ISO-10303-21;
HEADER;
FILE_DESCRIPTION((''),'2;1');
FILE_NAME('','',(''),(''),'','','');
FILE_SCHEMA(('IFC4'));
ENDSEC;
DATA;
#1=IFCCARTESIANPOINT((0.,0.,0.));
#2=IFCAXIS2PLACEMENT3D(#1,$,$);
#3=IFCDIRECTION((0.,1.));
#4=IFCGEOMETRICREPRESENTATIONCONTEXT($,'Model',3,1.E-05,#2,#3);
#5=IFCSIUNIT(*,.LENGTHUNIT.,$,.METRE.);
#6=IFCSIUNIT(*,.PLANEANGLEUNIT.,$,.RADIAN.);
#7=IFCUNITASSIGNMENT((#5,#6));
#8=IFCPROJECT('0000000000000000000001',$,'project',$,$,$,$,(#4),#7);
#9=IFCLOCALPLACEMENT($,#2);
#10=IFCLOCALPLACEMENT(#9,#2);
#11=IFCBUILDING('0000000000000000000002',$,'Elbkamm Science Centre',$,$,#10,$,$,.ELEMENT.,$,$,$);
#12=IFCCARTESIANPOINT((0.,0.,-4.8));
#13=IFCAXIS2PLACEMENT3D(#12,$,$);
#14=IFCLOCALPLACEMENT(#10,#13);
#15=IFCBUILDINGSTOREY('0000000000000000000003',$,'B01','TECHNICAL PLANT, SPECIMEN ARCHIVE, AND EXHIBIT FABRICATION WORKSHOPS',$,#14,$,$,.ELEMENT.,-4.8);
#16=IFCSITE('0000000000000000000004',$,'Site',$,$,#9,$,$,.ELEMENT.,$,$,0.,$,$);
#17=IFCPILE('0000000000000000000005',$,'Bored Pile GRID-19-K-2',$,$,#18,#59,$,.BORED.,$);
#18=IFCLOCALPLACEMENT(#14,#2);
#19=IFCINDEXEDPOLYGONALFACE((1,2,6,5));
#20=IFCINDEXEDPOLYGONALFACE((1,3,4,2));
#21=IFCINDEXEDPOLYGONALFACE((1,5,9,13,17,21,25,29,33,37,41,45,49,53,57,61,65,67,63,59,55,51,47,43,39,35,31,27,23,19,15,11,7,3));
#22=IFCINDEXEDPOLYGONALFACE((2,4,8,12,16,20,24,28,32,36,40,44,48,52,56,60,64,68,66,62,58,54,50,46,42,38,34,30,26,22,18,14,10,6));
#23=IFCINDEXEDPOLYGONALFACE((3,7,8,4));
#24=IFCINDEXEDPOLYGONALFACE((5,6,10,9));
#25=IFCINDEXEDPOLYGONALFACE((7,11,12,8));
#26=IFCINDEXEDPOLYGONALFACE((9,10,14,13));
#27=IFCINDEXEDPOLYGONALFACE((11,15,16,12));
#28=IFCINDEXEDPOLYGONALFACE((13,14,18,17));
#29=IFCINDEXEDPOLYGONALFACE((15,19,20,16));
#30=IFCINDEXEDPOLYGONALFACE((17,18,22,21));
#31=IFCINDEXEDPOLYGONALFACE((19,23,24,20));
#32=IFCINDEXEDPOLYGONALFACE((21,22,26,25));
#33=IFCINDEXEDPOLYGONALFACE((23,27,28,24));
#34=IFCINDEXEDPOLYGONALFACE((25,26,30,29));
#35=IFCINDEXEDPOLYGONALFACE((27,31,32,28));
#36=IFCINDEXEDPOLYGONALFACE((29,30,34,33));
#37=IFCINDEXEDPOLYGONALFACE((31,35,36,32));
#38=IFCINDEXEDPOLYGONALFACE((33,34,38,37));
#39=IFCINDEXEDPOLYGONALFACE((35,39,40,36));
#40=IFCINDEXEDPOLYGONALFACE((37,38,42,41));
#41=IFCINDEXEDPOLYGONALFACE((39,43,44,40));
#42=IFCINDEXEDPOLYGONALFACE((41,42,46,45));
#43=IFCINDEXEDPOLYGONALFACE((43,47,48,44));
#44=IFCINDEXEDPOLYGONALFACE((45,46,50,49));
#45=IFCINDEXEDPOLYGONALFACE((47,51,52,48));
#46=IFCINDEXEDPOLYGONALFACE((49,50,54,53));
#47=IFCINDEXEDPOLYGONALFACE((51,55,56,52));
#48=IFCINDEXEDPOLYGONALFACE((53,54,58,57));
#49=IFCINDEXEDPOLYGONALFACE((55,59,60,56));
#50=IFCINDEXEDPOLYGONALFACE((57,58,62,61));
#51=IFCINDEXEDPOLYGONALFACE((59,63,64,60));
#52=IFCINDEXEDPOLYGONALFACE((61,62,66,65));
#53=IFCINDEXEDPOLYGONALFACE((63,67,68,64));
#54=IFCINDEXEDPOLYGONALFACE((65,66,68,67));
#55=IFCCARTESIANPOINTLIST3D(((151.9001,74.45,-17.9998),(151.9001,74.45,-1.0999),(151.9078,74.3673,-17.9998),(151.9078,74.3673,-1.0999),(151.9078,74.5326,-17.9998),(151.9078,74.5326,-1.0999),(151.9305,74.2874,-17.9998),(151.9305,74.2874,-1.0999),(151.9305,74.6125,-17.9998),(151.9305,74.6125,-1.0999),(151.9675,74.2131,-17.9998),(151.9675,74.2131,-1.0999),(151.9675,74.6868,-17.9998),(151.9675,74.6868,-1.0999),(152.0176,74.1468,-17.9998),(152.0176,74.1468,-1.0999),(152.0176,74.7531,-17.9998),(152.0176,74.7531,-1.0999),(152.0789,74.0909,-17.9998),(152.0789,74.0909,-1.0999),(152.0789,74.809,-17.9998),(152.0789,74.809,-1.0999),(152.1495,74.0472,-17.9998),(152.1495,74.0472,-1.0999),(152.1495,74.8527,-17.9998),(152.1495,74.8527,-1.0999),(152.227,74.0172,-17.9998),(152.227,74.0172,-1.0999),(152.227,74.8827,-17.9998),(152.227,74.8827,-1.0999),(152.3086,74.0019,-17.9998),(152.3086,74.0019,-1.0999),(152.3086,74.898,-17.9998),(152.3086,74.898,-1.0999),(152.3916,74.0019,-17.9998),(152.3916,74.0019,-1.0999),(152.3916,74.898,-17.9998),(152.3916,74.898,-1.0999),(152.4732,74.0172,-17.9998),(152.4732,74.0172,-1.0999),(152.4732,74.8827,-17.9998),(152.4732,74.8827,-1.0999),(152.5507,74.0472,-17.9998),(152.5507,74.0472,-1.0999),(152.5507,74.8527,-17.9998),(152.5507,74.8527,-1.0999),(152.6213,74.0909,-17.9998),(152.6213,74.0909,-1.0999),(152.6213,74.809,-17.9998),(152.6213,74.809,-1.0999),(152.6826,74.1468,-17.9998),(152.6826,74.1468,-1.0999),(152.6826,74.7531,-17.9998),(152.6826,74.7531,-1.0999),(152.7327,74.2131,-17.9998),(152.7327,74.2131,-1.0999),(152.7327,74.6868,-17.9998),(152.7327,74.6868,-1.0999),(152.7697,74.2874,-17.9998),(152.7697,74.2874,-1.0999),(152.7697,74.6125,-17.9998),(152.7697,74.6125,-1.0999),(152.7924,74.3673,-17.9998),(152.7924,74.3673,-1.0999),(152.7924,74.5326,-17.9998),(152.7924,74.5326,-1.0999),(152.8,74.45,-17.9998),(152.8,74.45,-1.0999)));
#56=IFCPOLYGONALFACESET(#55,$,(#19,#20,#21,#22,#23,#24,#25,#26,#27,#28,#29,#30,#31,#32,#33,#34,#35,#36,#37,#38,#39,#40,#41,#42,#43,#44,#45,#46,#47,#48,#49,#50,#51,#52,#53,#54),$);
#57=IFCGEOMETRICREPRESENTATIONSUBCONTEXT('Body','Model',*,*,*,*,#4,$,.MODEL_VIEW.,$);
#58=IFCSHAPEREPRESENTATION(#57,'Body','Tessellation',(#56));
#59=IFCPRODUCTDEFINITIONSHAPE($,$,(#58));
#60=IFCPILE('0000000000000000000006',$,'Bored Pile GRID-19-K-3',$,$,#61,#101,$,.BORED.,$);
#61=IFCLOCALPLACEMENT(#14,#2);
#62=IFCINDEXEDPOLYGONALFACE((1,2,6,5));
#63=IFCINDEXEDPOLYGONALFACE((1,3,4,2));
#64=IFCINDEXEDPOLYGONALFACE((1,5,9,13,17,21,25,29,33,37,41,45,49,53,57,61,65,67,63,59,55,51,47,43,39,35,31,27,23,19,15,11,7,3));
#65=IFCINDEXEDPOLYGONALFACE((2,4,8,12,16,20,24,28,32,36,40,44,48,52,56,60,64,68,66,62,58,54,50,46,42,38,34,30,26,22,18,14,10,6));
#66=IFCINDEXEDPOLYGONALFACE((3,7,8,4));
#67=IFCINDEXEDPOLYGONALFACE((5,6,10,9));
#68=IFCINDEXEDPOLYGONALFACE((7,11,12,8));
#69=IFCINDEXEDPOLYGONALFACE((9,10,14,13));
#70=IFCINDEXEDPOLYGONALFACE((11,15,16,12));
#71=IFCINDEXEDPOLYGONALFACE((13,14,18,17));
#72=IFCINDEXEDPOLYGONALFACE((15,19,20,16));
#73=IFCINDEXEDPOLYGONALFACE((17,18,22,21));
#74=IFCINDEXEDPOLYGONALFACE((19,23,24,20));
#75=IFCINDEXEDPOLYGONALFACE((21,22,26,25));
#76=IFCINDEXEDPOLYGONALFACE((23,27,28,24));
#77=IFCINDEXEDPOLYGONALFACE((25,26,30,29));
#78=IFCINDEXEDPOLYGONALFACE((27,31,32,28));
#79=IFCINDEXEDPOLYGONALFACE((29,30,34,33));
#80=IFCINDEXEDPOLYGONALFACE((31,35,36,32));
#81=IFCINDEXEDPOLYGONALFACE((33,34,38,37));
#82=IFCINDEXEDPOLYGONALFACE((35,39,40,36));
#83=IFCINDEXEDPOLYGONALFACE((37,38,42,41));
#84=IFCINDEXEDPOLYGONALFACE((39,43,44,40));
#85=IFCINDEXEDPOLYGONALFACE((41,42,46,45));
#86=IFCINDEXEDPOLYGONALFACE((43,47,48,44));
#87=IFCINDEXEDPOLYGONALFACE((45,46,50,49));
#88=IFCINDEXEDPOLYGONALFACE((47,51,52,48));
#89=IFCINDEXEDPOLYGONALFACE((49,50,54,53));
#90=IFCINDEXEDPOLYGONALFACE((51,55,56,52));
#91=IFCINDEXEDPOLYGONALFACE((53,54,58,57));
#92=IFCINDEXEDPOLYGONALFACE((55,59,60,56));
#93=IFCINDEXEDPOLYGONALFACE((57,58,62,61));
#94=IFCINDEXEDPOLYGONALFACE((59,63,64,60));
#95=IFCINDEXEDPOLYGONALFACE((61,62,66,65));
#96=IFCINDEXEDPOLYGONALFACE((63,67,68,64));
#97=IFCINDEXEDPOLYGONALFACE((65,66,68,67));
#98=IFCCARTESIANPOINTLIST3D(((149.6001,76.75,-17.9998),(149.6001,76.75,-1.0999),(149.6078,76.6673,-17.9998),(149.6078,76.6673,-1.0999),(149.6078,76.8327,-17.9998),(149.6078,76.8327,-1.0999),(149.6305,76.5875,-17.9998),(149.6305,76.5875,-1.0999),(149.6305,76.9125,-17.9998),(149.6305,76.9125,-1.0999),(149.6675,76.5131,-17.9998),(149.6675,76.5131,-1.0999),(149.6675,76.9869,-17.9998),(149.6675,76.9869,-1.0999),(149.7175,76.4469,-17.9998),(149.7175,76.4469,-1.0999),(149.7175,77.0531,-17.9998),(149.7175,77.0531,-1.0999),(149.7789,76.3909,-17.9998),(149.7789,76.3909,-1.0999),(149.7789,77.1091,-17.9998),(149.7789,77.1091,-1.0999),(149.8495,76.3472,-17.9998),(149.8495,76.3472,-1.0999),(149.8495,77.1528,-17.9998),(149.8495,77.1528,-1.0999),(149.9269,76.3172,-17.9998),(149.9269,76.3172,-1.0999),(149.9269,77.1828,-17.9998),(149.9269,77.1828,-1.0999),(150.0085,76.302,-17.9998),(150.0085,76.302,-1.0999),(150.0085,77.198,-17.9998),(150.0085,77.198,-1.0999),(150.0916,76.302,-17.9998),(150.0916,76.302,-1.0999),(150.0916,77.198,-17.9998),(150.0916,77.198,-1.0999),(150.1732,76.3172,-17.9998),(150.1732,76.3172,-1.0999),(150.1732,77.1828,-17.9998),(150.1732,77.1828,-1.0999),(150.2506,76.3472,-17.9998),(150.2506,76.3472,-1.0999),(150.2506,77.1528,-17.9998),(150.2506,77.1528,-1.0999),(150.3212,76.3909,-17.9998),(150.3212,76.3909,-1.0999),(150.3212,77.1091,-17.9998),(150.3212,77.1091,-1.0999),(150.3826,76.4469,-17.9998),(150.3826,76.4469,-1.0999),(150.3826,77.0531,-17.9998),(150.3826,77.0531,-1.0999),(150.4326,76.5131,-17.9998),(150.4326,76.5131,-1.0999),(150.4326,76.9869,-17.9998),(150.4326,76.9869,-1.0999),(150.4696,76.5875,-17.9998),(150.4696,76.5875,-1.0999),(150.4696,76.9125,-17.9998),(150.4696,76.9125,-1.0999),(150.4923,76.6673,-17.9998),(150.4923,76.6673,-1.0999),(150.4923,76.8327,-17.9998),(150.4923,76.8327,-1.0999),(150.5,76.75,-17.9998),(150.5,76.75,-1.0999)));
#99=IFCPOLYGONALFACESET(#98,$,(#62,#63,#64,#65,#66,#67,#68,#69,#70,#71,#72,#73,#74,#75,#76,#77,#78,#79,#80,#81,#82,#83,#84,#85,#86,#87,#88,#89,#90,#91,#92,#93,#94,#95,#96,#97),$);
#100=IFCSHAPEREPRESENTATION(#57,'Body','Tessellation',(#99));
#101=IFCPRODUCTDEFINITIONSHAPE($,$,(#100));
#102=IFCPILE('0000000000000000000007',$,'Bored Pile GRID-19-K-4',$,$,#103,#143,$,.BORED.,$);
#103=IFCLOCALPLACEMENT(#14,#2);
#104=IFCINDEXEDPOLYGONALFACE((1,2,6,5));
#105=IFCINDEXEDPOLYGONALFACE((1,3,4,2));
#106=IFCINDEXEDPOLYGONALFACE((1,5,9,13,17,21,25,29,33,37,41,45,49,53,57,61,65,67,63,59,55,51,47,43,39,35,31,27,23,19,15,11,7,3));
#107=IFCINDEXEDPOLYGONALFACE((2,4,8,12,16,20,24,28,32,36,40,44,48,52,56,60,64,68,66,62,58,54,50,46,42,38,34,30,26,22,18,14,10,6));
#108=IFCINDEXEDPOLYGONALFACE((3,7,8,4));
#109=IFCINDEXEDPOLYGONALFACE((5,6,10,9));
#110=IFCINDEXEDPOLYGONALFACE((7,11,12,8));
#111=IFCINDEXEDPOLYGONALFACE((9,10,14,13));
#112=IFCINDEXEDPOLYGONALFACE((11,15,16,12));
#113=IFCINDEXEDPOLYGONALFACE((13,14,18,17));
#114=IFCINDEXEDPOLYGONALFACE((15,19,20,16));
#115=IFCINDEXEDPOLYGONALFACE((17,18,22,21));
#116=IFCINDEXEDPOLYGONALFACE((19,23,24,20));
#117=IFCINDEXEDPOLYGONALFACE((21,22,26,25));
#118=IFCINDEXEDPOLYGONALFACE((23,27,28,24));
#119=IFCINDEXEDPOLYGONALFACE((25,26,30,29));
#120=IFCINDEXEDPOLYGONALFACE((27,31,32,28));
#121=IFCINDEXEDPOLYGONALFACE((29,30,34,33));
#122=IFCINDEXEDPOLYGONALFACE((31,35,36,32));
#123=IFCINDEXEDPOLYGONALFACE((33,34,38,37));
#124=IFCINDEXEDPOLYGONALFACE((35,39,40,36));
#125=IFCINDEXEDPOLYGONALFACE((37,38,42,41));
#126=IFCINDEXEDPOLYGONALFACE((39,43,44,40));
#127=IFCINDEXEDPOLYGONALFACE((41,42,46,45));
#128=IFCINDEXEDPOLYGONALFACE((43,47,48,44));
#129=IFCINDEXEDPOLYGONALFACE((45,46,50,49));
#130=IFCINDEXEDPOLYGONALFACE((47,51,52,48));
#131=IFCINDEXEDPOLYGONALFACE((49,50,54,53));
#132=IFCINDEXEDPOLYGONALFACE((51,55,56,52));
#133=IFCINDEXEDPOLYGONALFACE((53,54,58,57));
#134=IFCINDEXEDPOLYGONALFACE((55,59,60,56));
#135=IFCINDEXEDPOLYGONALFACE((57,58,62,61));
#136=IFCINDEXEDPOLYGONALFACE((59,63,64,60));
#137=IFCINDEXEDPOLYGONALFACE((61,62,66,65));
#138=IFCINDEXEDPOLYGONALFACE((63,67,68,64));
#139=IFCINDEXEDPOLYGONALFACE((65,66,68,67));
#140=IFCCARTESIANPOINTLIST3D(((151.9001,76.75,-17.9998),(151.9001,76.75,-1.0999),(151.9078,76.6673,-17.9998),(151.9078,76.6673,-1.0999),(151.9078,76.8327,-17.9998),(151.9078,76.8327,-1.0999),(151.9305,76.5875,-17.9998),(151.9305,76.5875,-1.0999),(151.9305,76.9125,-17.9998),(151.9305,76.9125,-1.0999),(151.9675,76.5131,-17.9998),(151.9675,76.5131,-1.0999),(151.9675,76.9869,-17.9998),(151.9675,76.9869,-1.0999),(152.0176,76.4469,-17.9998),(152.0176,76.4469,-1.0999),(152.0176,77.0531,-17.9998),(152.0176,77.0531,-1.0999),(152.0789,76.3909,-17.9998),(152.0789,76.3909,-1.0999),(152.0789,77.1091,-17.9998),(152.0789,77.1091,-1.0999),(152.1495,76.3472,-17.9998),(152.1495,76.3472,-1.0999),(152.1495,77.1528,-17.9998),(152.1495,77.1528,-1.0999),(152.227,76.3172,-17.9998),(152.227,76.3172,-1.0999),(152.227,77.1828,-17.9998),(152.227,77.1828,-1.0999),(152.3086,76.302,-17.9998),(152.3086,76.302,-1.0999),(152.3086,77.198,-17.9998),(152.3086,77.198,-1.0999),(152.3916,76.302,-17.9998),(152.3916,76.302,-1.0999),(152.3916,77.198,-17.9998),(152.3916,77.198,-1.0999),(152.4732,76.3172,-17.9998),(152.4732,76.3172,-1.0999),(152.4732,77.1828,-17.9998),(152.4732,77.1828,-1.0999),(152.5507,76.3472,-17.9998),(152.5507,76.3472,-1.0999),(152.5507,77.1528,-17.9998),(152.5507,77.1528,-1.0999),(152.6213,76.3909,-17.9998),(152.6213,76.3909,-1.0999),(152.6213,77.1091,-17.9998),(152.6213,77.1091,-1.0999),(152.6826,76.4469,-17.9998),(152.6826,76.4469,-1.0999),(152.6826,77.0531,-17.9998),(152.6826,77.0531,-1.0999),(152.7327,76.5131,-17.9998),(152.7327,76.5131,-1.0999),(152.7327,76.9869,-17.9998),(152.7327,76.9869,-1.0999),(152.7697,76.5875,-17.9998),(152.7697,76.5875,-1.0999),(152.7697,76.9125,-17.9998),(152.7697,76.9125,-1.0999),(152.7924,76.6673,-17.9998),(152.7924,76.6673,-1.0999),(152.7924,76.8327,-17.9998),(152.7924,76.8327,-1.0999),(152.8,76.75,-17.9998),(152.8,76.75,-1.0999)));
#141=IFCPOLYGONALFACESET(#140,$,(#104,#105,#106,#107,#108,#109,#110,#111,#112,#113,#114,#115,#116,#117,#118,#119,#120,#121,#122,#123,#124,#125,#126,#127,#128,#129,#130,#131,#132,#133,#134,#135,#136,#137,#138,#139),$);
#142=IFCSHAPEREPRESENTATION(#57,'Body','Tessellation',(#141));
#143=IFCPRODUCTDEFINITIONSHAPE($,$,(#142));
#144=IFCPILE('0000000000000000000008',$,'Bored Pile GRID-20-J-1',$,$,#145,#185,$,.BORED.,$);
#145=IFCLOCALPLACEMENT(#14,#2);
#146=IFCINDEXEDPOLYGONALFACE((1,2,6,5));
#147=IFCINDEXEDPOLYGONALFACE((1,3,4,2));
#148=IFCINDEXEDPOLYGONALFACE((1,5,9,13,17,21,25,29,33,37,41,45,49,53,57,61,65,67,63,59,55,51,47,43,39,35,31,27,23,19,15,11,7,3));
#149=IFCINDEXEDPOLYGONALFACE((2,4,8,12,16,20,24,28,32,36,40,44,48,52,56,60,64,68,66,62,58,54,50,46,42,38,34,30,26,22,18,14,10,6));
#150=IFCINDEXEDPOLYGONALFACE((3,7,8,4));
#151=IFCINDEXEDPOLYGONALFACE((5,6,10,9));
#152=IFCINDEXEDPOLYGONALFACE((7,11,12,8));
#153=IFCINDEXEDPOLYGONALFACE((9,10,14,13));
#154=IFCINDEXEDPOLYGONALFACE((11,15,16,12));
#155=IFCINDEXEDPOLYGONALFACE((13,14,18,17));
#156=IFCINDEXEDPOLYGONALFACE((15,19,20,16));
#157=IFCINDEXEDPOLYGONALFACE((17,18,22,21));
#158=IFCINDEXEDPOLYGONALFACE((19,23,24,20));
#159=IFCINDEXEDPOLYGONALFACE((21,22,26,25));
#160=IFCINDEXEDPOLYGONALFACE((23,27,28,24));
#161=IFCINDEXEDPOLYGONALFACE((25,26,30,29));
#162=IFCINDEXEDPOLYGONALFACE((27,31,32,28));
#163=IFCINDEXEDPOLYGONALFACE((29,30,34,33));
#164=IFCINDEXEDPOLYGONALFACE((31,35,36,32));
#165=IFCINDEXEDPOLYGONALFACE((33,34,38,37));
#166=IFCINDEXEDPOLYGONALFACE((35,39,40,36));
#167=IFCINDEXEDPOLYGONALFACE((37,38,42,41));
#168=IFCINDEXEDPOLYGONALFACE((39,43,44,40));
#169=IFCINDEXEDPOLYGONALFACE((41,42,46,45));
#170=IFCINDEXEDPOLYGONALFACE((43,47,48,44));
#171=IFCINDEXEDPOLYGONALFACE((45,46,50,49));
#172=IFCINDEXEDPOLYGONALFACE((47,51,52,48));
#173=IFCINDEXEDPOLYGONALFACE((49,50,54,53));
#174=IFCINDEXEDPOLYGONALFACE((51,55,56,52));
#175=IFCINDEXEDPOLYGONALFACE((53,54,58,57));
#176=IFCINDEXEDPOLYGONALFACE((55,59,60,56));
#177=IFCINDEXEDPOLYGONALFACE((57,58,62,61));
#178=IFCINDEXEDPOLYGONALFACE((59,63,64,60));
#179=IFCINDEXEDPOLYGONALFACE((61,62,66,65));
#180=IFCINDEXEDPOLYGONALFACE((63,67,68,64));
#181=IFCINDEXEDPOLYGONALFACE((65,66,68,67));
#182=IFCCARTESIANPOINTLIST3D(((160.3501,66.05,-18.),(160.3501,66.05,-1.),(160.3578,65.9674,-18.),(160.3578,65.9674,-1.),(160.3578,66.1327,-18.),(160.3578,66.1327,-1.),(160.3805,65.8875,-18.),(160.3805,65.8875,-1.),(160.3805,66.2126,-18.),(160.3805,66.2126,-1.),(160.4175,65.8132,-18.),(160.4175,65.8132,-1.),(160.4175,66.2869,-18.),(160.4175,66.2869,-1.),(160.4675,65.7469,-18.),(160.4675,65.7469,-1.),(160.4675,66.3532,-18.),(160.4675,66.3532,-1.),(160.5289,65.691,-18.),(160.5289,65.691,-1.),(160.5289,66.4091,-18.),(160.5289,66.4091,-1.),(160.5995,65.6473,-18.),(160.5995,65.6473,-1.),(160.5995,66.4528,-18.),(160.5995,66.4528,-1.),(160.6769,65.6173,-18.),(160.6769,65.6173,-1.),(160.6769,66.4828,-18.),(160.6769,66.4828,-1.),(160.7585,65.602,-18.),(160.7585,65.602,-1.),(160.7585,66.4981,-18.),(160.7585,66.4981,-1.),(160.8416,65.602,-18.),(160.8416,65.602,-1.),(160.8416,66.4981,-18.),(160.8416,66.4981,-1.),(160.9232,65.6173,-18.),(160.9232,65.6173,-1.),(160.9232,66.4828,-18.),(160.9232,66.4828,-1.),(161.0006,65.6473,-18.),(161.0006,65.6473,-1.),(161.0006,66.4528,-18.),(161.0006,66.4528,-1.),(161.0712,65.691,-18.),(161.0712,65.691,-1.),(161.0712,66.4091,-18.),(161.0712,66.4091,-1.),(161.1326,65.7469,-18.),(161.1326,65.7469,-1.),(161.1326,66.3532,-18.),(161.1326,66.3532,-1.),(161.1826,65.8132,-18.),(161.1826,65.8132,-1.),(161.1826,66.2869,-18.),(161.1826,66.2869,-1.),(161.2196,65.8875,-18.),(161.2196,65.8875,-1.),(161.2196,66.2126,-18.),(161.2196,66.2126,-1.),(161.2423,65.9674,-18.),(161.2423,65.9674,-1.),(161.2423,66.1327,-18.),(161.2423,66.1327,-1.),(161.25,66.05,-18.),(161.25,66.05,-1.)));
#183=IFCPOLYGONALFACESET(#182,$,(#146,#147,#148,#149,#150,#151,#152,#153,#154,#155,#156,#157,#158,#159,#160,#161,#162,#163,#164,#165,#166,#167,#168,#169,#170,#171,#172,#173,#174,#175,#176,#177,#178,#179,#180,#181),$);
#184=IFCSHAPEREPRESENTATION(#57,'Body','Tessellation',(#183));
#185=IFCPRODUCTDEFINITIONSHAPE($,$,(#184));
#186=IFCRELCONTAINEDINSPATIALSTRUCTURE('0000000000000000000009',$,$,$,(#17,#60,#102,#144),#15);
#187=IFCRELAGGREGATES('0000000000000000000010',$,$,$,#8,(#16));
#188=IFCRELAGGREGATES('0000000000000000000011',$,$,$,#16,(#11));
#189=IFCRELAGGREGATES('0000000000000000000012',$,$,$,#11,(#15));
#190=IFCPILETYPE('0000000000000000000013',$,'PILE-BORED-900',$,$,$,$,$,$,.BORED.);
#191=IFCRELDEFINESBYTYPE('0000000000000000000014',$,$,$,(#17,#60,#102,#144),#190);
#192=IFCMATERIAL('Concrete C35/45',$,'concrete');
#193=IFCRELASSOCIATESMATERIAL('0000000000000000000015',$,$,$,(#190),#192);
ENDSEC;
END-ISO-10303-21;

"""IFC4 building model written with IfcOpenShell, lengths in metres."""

from ifc_helpers import new_model, si_unit, direction, frame, origin, origin_2d, place, context, subcontext, project, spatial, circle, extrude, material, material_profile, profile_set, type_object, element, save


model = new_model("IFC4")

# Units and contexts
model_context = context("Model", 3, precision=1e-05, world=origin(), true_north=direction((0.0, 1.0)))
body_context = subcontext(model_context, "Body", "Model", "MODEL_VIEW")
ifc_project = project(units=[si_unit("LENGTHUNIT", "METRE"), si_unit("PLANEANGLEUNIT", "RADIAN")], contexts=[model_context])

# Site, building, storey
site_placement = place(None, origin())
site = spatial("IfcSite", under=ifc_project, at=site_placement, Name="Site", CompositionType="ELEMENT", RefElevation=0.0)
building_placement = place(site_placement, origin())
building = spatial("IfcBuilding", under=site, at=building_placement, Name="Elbkamm Science Centre", CompositionType="ELEMENT")
storey_placement = place(building_placement, frame((0.0, 0.0, -4.8)))
storey = spatial("IfcBuildingStorey", under=building, at=storey_placement, Name="B01", Description="TECHNICAL PLANT, SPECIMEN ARCHIVE, AND EXHIBIT FABRICATION WORKSHOPS", CompositionType="ELEMENT", Elevation=-4.8)

# Shared definitions
ifc_material_1 = material(Name="Concrete C35/45", Category="concrete")

# Piles
ifc_material_profile_1 = material_profile(ifc_material_1, circle(Radius=0.45, at=origin_2d()), Name="PILE D900")
ifc_profile_set_1 = profile_set([ifc_material_profile_1], Name="Concrete C35/45")
pile_type = type_object("IfcPileType", Name="PILE-BORED-900", PredefinedType="BORED", material=ifc_profile_set_1)
for number, where, z_axis, x_axis, name in (
    (1, (152.3501, 74.45, -1.0999), (0.0, 0.0, -1.0), (1.0, 0.0, 0.0), "Bored Pile GRID-19-K-2"),
    (2, (150.05, 76.75, -1.0999), (0.0, 0.0, -1.0), (1.0, 0.0, 0.0), "Bored Pile GRID-19-K-3"),
    (3, (152.3501, 76.75, -1.0999), (0.0, 0.0, -1.0), (1.0, 0.0, 0.0), "Bored Pile GRID-19-K-4"),
):
    element("IfcPile", number, at=place(storey_placement, frame(where, z_axis=z_axis, x_axis=x_axis)), inside=storey, type_object=pile_type, Name=name, PredefinedType="BORED", context=body_context, shape_type="SweptSolid", body=[
        extrude(circle(Radius=0.45, at=origin_2d()), origin(), (0.0, 0.0, 1.0), 16.8999),
    ])
for number, where, z_axis, x_axis, name in (
    (4, (160.8, 66.05, -1.0), (0.0, 0.0, -1.0), (1.0, 0.0, 0.0), "Bored Pile GRID-20-J-1"),
):
    element("IfcPile", number, at=place(storey_placement, frame(where, z_axis=z_axis, x_axis=x_axis)), inside=storey, type_object=pile_type, Name=name, PredefinedType="BORED", context=body_context, shape_type="SweptSolid", body=[
        extrude(circle(Radius=0.45, at=origin_2d()), origin(), (0.0, 0.0, 1.0), 17.0),
    ])

save(model, "model.ifc")
